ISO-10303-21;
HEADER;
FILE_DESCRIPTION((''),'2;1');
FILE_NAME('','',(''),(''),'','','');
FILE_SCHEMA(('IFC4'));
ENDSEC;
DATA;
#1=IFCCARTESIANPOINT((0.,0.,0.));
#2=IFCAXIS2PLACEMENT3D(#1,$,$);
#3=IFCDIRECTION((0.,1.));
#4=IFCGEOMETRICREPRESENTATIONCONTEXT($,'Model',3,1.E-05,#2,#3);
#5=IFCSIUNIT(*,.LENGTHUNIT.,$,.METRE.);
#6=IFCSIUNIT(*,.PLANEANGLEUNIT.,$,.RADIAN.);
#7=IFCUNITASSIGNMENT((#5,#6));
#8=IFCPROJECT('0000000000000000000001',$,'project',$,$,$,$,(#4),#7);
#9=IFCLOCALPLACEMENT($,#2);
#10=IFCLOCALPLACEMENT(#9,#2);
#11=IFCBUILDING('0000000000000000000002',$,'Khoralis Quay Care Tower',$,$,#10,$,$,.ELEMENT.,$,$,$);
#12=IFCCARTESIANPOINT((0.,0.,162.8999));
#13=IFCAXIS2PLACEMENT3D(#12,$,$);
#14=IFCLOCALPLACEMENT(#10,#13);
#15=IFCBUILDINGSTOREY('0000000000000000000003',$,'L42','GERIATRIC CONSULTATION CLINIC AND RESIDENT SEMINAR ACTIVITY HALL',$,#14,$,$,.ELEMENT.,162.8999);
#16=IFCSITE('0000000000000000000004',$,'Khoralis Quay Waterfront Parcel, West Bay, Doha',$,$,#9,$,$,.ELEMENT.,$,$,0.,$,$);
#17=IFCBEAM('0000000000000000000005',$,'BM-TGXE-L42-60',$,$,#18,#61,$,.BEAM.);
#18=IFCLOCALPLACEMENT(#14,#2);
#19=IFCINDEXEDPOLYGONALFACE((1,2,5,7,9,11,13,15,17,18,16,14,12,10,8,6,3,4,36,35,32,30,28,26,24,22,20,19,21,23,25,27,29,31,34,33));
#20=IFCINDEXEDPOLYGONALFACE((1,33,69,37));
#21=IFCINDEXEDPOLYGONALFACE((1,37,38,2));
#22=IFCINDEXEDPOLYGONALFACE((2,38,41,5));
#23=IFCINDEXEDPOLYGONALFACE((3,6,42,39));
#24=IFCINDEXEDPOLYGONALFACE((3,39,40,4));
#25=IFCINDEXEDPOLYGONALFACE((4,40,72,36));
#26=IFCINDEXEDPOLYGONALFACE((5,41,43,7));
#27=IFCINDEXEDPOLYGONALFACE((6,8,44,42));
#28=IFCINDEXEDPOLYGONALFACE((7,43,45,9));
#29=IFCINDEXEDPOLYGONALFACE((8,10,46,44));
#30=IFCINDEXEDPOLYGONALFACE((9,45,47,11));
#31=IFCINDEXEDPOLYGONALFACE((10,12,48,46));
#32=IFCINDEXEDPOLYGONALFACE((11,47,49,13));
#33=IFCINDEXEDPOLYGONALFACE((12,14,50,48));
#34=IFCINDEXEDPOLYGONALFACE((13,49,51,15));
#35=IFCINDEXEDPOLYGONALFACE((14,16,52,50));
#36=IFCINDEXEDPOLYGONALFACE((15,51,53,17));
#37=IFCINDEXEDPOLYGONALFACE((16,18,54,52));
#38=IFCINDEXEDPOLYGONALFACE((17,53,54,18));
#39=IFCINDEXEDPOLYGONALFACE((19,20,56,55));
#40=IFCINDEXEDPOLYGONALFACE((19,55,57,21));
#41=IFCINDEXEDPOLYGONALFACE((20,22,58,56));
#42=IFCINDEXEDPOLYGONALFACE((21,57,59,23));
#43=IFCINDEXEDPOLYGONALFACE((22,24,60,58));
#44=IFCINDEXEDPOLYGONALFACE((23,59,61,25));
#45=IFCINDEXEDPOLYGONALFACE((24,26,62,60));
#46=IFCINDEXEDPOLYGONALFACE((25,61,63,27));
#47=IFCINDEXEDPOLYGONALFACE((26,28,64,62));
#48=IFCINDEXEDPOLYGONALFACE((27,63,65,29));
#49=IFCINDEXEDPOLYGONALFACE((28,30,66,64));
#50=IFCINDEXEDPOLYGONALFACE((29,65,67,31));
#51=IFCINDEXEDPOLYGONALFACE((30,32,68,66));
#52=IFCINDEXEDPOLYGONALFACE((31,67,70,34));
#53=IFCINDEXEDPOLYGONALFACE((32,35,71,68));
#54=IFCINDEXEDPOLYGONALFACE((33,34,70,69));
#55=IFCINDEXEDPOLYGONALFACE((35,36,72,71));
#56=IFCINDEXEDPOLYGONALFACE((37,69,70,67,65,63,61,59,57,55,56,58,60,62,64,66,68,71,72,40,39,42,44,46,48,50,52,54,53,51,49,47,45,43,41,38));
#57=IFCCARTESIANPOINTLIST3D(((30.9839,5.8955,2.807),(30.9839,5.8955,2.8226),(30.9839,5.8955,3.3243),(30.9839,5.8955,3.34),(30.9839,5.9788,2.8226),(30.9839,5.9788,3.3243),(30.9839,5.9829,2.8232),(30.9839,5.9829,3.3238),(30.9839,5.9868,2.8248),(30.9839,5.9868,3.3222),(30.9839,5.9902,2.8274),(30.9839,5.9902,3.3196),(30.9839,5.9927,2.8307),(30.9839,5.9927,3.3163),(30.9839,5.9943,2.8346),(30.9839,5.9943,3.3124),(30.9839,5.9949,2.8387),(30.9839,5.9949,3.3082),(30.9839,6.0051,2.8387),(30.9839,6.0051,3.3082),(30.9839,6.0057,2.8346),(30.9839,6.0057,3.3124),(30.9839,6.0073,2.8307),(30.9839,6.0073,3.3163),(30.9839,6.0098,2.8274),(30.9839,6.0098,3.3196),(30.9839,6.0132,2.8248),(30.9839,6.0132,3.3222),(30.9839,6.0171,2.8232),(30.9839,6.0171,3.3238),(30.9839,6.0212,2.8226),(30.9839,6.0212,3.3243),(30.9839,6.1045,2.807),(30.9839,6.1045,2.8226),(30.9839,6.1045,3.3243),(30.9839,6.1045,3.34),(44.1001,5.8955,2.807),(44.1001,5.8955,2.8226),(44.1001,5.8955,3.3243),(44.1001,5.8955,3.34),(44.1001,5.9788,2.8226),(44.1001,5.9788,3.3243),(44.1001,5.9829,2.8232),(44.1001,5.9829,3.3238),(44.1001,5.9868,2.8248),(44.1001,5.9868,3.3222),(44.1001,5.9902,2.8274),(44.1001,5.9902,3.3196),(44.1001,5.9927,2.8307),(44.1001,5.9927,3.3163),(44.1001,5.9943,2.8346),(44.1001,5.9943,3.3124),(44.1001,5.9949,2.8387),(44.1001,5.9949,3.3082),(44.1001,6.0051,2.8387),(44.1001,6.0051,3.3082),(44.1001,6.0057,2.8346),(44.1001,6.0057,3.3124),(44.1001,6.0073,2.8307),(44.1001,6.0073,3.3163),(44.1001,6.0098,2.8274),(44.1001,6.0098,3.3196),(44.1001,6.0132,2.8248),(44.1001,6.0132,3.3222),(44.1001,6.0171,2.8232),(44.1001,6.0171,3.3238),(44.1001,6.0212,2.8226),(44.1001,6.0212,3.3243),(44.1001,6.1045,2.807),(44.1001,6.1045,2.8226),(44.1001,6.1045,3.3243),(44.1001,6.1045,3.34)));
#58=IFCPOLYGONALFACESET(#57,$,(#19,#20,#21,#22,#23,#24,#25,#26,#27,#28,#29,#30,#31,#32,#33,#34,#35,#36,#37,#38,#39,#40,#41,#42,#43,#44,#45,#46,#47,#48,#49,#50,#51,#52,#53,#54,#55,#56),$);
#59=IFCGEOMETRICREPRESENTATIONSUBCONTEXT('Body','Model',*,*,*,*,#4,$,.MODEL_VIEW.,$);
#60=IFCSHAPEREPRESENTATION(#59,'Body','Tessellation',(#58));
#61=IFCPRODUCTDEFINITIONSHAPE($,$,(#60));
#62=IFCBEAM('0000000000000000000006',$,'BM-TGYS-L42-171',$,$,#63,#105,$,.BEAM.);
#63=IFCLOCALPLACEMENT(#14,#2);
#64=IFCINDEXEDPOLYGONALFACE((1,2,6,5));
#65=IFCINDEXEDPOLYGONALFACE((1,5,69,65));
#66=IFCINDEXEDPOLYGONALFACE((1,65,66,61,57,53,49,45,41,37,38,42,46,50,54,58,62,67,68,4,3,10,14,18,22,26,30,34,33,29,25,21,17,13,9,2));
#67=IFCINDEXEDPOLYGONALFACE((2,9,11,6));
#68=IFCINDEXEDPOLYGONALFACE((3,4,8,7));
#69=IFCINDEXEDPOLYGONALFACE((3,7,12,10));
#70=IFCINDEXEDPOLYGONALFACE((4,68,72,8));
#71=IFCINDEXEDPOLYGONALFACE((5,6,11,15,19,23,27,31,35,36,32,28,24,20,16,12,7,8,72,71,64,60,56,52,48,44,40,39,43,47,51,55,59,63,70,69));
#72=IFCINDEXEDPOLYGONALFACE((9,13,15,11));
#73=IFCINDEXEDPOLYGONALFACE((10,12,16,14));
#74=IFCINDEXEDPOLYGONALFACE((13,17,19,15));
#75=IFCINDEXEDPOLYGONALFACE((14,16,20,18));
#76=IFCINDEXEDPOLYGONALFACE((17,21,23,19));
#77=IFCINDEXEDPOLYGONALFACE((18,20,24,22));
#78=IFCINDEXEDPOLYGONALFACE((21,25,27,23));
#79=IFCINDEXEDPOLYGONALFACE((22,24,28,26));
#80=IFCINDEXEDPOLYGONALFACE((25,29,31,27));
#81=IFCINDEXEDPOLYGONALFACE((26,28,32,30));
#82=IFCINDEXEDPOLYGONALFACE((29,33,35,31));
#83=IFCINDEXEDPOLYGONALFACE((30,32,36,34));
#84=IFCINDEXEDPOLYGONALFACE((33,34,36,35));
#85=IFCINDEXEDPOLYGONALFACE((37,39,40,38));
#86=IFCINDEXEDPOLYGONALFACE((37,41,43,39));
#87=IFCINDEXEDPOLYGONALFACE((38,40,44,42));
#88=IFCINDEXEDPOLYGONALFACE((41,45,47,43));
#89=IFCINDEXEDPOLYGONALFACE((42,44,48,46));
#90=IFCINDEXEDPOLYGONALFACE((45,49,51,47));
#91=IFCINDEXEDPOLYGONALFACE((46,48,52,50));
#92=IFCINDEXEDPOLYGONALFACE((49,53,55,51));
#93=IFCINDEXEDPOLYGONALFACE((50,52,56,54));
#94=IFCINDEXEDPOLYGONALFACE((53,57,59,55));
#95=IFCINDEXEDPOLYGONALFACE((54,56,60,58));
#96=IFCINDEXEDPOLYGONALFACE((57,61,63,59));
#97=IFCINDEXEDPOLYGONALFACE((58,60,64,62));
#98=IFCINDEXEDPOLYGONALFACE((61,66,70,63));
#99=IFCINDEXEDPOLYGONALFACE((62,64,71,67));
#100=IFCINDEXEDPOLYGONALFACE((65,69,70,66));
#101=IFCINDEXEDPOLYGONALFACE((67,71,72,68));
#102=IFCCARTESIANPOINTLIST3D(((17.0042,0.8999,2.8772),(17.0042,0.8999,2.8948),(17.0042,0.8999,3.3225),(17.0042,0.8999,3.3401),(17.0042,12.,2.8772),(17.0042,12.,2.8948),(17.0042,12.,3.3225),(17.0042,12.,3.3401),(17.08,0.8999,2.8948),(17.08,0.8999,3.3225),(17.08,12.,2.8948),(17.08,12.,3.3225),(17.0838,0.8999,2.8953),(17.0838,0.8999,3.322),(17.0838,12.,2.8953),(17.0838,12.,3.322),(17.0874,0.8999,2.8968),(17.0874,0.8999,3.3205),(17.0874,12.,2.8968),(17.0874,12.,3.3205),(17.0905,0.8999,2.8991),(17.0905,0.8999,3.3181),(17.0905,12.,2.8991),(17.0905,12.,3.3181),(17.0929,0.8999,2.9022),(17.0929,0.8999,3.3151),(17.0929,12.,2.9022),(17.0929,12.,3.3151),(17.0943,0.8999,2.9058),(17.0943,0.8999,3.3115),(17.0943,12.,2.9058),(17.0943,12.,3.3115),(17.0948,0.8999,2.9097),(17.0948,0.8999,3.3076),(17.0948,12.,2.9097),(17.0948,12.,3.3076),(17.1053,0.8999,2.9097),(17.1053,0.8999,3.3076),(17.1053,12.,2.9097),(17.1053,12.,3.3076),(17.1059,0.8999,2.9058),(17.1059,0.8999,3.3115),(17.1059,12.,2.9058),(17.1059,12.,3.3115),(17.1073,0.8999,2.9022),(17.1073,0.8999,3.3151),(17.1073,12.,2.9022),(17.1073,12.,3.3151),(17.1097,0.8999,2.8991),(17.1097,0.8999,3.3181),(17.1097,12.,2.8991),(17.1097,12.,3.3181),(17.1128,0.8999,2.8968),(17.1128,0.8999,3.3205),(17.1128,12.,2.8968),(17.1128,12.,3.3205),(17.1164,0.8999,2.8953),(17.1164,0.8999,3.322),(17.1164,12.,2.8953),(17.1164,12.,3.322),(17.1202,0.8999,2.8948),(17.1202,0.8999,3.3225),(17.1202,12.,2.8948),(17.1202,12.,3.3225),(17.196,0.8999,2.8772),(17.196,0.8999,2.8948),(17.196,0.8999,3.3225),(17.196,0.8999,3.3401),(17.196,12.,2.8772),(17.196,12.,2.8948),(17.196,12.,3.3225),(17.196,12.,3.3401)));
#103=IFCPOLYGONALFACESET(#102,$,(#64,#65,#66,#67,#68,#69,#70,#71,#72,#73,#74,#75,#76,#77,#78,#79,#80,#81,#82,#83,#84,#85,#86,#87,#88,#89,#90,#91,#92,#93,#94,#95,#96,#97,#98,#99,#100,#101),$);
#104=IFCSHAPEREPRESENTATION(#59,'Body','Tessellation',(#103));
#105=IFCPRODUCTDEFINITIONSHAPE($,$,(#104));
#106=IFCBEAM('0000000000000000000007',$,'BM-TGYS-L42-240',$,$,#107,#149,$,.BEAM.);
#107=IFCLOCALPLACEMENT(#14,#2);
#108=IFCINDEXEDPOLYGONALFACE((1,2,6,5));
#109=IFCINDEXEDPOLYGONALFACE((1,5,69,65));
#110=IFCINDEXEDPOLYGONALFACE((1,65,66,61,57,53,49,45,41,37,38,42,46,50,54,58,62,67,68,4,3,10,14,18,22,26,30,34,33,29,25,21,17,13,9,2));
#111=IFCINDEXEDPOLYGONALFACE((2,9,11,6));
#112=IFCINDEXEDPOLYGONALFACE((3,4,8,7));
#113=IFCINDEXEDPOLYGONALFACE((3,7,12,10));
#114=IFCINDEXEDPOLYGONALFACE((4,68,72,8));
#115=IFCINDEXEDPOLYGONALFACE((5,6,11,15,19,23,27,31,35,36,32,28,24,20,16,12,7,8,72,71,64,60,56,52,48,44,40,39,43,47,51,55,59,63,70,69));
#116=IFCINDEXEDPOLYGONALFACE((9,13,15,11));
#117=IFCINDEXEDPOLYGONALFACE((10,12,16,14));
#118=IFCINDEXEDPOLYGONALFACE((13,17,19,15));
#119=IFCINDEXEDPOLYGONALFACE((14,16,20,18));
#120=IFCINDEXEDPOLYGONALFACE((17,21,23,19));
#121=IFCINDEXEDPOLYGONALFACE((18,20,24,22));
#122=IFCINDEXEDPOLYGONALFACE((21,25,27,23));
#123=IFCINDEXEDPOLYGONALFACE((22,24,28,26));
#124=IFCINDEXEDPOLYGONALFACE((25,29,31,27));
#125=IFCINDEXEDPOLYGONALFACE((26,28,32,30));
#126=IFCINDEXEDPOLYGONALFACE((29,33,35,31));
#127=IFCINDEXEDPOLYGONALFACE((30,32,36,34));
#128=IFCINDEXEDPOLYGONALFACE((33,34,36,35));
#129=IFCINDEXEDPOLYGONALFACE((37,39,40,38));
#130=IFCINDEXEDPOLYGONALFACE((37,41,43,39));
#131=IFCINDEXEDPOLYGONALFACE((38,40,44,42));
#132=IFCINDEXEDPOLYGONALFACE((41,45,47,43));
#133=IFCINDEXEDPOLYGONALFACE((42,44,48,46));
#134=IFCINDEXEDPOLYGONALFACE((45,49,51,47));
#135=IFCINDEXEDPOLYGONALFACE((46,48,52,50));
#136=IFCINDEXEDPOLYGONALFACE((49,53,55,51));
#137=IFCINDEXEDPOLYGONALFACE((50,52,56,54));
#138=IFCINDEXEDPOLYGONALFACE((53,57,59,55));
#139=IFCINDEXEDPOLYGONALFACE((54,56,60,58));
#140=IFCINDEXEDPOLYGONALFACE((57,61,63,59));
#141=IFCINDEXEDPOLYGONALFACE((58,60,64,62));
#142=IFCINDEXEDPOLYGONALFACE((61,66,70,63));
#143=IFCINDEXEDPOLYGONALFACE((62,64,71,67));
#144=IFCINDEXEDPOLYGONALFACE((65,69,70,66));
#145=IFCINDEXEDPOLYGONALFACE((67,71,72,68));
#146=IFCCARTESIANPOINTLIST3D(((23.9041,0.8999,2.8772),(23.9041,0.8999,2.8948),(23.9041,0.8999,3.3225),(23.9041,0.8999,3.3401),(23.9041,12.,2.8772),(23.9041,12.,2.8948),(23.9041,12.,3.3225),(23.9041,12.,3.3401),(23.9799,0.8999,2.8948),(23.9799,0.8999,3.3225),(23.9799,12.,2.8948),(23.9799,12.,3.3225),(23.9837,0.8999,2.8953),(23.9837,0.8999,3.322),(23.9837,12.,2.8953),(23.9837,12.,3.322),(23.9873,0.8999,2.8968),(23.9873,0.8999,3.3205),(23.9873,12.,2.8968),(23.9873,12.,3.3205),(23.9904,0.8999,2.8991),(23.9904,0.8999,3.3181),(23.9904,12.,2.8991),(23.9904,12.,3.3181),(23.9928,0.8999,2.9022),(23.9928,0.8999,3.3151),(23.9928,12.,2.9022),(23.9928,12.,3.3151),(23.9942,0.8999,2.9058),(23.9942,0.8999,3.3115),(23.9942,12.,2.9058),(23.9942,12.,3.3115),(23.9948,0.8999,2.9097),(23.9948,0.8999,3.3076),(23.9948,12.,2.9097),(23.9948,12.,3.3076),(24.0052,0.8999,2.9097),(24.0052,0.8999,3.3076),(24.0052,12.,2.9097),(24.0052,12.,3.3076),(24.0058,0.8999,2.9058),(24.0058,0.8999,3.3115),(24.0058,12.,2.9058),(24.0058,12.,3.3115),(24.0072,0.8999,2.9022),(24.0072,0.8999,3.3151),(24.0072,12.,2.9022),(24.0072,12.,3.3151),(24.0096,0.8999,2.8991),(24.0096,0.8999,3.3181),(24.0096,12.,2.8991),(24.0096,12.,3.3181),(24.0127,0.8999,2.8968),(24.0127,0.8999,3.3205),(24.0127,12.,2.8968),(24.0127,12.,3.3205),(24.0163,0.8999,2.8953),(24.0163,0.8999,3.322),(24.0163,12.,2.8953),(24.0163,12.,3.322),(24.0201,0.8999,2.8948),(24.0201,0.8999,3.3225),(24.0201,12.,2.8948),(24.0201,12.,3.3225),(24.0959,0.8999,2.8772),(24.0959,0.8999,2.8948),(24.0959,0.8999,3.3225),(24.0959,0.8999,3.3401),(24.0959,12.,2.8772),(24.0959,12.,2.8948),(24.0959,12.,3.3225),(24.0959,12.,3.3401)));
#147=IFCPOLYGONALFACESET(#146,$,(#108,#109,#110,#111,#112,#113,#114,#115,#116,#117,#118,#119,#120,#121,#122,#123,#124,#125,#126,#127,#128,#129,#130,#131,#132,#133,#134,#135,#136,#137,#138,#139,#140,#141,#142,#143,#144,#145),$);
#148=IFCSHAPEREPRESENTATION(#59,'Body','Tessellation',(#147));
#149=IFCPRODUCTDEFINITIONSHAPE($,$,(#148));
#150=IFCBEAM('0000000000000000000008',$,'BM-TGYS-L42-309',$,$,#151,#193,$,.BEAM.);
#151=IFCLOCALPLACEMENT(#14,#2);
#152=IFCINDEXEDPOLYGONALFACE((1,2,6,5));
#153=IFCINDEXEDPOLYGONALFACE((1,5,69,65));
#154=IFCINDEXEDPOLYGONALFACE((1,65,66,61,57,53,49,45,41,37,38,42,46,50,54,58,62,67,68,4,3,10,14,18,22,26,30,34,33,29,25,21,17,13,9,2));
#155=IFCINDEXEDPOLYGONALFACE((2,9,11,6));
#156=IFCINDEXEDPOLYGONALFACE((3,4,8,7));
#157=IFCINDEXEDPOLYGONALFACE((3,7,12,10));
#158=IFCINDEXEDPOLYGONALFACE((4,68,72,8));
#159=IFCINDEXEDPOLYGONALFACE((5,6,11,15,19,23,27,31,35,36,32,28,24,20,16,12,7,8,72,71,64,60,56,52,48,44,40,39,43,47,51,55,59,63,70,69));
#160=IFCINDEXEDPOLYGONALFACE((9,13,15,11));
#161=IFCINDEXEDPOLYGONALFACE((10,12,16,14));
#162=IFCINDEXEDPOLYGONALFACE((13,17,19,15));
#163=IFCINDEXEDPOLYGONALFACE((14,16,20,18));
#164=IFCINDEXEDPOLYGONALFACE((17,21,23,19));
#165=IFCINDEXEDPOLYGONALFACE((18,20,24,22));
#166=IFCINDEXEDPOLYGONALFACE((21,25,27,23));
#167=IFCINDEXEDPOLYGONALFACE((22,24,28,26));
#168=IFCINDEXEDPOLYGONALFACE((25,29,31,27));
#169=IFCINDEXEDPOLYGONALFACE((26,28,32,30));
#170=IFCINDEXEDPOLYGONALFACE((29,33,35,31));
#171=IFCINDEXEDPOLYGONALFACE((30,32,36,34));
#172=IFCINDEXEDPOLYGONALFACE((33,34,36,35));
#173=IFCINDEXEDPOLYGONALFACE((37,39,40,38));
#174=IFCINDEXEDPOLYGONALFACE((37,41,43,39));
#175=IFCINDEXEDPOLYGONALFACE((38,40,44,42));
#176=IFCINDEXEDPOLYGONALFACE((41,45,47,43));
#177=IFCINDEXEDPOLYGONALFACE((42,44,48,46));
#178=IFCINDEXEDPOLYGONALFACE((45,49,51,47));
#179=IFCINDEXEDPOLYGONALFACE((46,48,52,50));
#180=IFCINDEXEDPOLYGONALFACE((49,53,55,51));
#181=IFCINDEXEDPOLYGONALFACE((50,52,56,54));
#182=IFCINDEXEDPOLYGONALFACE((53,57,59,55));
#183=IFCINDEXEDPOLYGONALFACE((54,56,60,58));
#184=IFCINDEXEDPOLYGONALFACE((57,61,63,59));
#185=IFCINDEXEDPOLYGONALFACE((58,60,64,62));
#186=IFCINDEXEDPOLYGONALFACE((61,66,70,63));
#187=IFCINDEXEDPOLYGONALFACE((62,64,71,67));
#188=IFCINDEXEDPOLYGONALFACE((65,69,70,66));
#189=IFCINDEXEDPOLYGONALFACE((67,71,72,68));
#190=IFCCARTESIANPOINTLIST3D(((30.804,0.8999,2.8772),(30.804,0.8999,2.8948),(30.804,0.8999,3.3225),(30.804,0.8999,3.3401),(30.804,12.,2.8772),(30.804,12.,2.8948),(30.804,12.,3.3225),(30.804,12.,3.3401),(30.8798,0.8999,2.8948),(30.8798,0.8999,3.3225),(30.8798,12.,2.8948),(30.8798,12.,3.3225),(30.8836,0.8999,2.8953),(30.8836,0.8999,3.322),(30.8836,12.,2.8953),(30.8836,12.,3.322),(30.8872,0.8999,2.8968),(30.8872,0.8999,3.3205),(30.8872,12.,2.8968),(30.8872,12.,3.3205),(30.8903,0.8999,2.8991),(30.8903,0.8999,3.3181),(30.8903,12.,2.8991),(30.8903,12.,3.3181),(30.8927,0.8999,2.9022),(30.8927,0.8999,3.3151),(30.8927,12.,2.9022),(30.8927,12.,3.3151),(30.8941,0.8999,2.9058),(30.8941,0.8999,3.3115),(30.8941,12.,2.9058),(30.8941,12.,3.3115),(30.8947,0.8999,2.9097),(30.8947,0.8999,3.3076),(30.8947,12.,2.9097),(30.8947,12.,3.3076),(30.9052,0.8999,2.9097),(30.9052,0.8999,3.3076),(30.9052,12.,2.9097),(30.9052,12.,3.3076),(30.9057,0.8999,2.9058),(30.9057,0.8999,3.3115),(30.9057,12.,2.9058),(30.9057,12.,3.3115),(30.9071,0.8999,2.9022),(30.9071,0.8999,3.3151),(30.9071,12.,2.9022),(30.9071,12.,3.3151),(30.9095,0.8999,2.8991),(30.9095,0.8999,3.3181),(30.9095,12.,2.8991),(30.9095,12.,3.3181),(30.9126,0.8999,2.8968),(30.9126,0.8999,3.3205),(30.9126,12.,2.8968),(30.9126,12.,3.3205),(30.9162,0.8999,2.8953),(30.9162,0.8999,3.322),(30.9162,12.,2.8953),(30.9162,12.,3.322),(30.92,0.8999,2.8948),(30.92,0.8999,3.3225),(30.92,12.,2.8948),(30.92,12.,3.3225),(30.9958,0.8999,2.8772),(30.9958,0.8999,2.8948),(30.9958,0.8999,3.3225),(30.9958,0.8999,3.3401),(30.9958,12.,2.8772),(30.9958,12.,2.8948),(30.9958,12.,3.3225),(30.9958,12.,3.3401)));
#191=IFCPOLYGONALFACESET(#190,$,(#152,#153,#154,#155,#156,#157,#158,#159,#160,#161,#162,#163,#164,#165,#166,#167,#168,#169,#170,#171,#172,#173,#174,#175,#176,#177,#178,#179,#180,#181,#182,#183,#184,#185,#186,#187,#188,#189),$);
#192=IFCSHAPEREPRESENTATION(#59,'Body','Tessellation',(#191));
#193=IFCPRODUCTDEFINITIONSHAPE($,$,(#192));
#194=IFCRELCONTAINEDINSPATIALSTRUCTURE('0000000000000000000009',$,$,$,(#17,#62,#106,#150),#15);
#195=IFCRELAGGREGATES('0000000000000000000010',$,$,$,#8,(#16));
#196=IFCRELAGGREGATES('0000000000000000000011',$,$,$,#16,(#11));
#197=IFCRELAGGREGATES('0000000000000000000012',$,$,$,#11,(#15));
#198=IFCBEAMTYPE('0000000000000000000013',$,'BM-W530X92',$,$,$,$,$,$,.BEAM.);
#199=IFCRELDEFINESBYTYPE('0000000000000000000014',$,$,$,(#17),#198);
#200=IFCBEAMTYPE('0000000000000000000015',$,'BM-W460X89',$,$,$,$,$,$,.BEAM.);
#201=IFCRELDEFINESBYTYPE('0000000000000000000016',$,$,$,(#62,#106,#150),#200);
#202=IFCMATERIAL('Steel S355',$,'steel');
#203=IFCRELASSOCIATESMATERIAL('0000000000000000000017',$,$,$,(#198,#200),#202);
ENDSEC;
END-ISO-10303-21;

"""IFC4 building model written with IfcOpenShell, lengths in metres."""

from ifc_helpers import new_model, si_unit, direction, frame, origin, origin_2d, place, context, subcontext, project, spatial, i_section, extrude, source, transform, mapped, material, material_profile, profile_set, type_object, element, save


model = new_model("IFC4")

# Units and contexts
model_context = context("Model", 3, precision=1e-05, world=origin(), true_north=direction((0.0, 1.0)))
body_context = subcontext(model_context, "Body", "Model", "MODEL_VIEW")
ifc_project = project(units=[si_unit("LENGTHUNIT", "METRE"), si_unit("PLANEANGLEUNIT", "RADIAN")], contexts=[model_context])

# Site, building, storey
site_placement = place(None, origin())
site = spatial("IfcSite", under=ifc_project, at=site_placement, Name="Khoralis Quay Waterfront Parcel, West Bay, Doha", CompositionType="ELEMENT", RefElevation=0.0)
building_placement = place(site_placement, origin())
building = spatial("IfcBuilding", under=site, at=building_placement, Name="Khoralis Quay Care Tower", CompositionType="ELEMENT")
storey_placement = place(building_placement, frame((0.0, 0.0, 162.8999)))
storey = spatial("IfcBuildingStorey", under=building, at=storey_placement, Name="L42", Description="GERIATRIC CONSULTATION CLINIC AND RESIDENT SEMINAR ACTIVITY HALL", CompositionType="ELEMENT", Elevation=162.8999)

# Beams
ifc_material_1 = material(Name="Steel S355", Category="steel")
ifc_material_profile_1 = material_profile(ifc_material_1, i_section(OverallWidth=0.209, OverallDepth=0.533, WebThickness=0.0103, FlangeThickness=0.0156, FilletRadius=0.0161, at=origin_2d()), Name="Steel S355")
ifc_profile_set_1 = profile_set([ifc_material_profile_1], Name="Steel S355")
beam_type_1 = type_object("IfcBeamType", Name="BM-W530X92", PredefinedType="BEAM", material=ifc_profile_set_1)
shared_shape_1 = source(origin(), body_context, "Body", "SweptSolid", [
    extrude(i_section(OverallWidth=0.209, OverallDepth=0.533, WebThickness=0.0103, FlangeThickness=0.0156, FilletRadius=0.0161, at=origin_2d()), origin(), (0.0, 0.0, 1.0), 13.1162),
])
beam_1_placement = place(storey_placement, frame((30.9839, 6.0, 3.0735), z_axis=(1.0, 0.0, 0.0), x_axis=(0.0, 1.0, 0.0)))
element("IfcBeam", 1, at=beam_1_placement, inside=storey, type_object=beam_type_1, Name="BM-TGXE-L42-60", PredefinedType="BEAM", context=body_context, shape_type="MappedRepresentation", body=[
    mapped(shared_shape_1, transform((0.0, 0.0, 0.0), scale=1.0)),
])
ifc_material_profile_2 = material_profile(ifc_material_1, i_section(OverallWidth=0.1919, OverallDepth=0.4629, WebThickness=0.0105, FlangeThickness=0.0176, FilletRadius=0.0149, at=origin_2d()), Name="Steel S355")
ifc_profile_set_2 = profile_set([ifc_material_profile_2], Name="Steel S355")
beam_type_2 = type_object("IfcBeamType", Name="BM-W460X89", PredefinedType="BEAM", material=ifc_profile_set_2)
shared_shape_2 = source(origin(), body_context, "Body", "SweptSolid", [
    extrude(i_section(OverallWidth=0.1919, OverallDepth=0.4629, WebThickness=0.0105, FlangeThickness=0.0176, FilletRadius=0.0149, at=origin_2d()), origin(), (0.0, 0.0, 1.0), 11.1001),
])
for number, where, z_axis, x_axis, name in (
    (2, (17.1001, 0.8999, 3.1086), (0.0, 1.0, 0.0), (-1.0, 0.0, 0.0), "BM-TGYS-L42-171"),
    (3, (24.0, 0.8999, 3.1086), (0.0, 1.0, 0.0), (-1.0, 0.0, 0.0), "BM-TGYS-L42-240"),
    (4, (30.8999, 0.8999, 3.1086), (0.0, 1.0, 0.0), (-1.0, 0.0, 0.0), "BM-TGYS-L42-309"),
):
    element("IfcBeam", number, at=place(storey_placement, frame(where, z_axis=z_axis, x_axis=x_axis)), inside=storey, type_object=beam_type_2, Name=name, PredefinedType="BEAM", context=body_context, shape_type="MappedRepresentation", body=[
        mapped(shared_shape_2, transform((0.0, 0.0, 0.0), scale=1.0)),
    ])

save(model, "model.ifc")
